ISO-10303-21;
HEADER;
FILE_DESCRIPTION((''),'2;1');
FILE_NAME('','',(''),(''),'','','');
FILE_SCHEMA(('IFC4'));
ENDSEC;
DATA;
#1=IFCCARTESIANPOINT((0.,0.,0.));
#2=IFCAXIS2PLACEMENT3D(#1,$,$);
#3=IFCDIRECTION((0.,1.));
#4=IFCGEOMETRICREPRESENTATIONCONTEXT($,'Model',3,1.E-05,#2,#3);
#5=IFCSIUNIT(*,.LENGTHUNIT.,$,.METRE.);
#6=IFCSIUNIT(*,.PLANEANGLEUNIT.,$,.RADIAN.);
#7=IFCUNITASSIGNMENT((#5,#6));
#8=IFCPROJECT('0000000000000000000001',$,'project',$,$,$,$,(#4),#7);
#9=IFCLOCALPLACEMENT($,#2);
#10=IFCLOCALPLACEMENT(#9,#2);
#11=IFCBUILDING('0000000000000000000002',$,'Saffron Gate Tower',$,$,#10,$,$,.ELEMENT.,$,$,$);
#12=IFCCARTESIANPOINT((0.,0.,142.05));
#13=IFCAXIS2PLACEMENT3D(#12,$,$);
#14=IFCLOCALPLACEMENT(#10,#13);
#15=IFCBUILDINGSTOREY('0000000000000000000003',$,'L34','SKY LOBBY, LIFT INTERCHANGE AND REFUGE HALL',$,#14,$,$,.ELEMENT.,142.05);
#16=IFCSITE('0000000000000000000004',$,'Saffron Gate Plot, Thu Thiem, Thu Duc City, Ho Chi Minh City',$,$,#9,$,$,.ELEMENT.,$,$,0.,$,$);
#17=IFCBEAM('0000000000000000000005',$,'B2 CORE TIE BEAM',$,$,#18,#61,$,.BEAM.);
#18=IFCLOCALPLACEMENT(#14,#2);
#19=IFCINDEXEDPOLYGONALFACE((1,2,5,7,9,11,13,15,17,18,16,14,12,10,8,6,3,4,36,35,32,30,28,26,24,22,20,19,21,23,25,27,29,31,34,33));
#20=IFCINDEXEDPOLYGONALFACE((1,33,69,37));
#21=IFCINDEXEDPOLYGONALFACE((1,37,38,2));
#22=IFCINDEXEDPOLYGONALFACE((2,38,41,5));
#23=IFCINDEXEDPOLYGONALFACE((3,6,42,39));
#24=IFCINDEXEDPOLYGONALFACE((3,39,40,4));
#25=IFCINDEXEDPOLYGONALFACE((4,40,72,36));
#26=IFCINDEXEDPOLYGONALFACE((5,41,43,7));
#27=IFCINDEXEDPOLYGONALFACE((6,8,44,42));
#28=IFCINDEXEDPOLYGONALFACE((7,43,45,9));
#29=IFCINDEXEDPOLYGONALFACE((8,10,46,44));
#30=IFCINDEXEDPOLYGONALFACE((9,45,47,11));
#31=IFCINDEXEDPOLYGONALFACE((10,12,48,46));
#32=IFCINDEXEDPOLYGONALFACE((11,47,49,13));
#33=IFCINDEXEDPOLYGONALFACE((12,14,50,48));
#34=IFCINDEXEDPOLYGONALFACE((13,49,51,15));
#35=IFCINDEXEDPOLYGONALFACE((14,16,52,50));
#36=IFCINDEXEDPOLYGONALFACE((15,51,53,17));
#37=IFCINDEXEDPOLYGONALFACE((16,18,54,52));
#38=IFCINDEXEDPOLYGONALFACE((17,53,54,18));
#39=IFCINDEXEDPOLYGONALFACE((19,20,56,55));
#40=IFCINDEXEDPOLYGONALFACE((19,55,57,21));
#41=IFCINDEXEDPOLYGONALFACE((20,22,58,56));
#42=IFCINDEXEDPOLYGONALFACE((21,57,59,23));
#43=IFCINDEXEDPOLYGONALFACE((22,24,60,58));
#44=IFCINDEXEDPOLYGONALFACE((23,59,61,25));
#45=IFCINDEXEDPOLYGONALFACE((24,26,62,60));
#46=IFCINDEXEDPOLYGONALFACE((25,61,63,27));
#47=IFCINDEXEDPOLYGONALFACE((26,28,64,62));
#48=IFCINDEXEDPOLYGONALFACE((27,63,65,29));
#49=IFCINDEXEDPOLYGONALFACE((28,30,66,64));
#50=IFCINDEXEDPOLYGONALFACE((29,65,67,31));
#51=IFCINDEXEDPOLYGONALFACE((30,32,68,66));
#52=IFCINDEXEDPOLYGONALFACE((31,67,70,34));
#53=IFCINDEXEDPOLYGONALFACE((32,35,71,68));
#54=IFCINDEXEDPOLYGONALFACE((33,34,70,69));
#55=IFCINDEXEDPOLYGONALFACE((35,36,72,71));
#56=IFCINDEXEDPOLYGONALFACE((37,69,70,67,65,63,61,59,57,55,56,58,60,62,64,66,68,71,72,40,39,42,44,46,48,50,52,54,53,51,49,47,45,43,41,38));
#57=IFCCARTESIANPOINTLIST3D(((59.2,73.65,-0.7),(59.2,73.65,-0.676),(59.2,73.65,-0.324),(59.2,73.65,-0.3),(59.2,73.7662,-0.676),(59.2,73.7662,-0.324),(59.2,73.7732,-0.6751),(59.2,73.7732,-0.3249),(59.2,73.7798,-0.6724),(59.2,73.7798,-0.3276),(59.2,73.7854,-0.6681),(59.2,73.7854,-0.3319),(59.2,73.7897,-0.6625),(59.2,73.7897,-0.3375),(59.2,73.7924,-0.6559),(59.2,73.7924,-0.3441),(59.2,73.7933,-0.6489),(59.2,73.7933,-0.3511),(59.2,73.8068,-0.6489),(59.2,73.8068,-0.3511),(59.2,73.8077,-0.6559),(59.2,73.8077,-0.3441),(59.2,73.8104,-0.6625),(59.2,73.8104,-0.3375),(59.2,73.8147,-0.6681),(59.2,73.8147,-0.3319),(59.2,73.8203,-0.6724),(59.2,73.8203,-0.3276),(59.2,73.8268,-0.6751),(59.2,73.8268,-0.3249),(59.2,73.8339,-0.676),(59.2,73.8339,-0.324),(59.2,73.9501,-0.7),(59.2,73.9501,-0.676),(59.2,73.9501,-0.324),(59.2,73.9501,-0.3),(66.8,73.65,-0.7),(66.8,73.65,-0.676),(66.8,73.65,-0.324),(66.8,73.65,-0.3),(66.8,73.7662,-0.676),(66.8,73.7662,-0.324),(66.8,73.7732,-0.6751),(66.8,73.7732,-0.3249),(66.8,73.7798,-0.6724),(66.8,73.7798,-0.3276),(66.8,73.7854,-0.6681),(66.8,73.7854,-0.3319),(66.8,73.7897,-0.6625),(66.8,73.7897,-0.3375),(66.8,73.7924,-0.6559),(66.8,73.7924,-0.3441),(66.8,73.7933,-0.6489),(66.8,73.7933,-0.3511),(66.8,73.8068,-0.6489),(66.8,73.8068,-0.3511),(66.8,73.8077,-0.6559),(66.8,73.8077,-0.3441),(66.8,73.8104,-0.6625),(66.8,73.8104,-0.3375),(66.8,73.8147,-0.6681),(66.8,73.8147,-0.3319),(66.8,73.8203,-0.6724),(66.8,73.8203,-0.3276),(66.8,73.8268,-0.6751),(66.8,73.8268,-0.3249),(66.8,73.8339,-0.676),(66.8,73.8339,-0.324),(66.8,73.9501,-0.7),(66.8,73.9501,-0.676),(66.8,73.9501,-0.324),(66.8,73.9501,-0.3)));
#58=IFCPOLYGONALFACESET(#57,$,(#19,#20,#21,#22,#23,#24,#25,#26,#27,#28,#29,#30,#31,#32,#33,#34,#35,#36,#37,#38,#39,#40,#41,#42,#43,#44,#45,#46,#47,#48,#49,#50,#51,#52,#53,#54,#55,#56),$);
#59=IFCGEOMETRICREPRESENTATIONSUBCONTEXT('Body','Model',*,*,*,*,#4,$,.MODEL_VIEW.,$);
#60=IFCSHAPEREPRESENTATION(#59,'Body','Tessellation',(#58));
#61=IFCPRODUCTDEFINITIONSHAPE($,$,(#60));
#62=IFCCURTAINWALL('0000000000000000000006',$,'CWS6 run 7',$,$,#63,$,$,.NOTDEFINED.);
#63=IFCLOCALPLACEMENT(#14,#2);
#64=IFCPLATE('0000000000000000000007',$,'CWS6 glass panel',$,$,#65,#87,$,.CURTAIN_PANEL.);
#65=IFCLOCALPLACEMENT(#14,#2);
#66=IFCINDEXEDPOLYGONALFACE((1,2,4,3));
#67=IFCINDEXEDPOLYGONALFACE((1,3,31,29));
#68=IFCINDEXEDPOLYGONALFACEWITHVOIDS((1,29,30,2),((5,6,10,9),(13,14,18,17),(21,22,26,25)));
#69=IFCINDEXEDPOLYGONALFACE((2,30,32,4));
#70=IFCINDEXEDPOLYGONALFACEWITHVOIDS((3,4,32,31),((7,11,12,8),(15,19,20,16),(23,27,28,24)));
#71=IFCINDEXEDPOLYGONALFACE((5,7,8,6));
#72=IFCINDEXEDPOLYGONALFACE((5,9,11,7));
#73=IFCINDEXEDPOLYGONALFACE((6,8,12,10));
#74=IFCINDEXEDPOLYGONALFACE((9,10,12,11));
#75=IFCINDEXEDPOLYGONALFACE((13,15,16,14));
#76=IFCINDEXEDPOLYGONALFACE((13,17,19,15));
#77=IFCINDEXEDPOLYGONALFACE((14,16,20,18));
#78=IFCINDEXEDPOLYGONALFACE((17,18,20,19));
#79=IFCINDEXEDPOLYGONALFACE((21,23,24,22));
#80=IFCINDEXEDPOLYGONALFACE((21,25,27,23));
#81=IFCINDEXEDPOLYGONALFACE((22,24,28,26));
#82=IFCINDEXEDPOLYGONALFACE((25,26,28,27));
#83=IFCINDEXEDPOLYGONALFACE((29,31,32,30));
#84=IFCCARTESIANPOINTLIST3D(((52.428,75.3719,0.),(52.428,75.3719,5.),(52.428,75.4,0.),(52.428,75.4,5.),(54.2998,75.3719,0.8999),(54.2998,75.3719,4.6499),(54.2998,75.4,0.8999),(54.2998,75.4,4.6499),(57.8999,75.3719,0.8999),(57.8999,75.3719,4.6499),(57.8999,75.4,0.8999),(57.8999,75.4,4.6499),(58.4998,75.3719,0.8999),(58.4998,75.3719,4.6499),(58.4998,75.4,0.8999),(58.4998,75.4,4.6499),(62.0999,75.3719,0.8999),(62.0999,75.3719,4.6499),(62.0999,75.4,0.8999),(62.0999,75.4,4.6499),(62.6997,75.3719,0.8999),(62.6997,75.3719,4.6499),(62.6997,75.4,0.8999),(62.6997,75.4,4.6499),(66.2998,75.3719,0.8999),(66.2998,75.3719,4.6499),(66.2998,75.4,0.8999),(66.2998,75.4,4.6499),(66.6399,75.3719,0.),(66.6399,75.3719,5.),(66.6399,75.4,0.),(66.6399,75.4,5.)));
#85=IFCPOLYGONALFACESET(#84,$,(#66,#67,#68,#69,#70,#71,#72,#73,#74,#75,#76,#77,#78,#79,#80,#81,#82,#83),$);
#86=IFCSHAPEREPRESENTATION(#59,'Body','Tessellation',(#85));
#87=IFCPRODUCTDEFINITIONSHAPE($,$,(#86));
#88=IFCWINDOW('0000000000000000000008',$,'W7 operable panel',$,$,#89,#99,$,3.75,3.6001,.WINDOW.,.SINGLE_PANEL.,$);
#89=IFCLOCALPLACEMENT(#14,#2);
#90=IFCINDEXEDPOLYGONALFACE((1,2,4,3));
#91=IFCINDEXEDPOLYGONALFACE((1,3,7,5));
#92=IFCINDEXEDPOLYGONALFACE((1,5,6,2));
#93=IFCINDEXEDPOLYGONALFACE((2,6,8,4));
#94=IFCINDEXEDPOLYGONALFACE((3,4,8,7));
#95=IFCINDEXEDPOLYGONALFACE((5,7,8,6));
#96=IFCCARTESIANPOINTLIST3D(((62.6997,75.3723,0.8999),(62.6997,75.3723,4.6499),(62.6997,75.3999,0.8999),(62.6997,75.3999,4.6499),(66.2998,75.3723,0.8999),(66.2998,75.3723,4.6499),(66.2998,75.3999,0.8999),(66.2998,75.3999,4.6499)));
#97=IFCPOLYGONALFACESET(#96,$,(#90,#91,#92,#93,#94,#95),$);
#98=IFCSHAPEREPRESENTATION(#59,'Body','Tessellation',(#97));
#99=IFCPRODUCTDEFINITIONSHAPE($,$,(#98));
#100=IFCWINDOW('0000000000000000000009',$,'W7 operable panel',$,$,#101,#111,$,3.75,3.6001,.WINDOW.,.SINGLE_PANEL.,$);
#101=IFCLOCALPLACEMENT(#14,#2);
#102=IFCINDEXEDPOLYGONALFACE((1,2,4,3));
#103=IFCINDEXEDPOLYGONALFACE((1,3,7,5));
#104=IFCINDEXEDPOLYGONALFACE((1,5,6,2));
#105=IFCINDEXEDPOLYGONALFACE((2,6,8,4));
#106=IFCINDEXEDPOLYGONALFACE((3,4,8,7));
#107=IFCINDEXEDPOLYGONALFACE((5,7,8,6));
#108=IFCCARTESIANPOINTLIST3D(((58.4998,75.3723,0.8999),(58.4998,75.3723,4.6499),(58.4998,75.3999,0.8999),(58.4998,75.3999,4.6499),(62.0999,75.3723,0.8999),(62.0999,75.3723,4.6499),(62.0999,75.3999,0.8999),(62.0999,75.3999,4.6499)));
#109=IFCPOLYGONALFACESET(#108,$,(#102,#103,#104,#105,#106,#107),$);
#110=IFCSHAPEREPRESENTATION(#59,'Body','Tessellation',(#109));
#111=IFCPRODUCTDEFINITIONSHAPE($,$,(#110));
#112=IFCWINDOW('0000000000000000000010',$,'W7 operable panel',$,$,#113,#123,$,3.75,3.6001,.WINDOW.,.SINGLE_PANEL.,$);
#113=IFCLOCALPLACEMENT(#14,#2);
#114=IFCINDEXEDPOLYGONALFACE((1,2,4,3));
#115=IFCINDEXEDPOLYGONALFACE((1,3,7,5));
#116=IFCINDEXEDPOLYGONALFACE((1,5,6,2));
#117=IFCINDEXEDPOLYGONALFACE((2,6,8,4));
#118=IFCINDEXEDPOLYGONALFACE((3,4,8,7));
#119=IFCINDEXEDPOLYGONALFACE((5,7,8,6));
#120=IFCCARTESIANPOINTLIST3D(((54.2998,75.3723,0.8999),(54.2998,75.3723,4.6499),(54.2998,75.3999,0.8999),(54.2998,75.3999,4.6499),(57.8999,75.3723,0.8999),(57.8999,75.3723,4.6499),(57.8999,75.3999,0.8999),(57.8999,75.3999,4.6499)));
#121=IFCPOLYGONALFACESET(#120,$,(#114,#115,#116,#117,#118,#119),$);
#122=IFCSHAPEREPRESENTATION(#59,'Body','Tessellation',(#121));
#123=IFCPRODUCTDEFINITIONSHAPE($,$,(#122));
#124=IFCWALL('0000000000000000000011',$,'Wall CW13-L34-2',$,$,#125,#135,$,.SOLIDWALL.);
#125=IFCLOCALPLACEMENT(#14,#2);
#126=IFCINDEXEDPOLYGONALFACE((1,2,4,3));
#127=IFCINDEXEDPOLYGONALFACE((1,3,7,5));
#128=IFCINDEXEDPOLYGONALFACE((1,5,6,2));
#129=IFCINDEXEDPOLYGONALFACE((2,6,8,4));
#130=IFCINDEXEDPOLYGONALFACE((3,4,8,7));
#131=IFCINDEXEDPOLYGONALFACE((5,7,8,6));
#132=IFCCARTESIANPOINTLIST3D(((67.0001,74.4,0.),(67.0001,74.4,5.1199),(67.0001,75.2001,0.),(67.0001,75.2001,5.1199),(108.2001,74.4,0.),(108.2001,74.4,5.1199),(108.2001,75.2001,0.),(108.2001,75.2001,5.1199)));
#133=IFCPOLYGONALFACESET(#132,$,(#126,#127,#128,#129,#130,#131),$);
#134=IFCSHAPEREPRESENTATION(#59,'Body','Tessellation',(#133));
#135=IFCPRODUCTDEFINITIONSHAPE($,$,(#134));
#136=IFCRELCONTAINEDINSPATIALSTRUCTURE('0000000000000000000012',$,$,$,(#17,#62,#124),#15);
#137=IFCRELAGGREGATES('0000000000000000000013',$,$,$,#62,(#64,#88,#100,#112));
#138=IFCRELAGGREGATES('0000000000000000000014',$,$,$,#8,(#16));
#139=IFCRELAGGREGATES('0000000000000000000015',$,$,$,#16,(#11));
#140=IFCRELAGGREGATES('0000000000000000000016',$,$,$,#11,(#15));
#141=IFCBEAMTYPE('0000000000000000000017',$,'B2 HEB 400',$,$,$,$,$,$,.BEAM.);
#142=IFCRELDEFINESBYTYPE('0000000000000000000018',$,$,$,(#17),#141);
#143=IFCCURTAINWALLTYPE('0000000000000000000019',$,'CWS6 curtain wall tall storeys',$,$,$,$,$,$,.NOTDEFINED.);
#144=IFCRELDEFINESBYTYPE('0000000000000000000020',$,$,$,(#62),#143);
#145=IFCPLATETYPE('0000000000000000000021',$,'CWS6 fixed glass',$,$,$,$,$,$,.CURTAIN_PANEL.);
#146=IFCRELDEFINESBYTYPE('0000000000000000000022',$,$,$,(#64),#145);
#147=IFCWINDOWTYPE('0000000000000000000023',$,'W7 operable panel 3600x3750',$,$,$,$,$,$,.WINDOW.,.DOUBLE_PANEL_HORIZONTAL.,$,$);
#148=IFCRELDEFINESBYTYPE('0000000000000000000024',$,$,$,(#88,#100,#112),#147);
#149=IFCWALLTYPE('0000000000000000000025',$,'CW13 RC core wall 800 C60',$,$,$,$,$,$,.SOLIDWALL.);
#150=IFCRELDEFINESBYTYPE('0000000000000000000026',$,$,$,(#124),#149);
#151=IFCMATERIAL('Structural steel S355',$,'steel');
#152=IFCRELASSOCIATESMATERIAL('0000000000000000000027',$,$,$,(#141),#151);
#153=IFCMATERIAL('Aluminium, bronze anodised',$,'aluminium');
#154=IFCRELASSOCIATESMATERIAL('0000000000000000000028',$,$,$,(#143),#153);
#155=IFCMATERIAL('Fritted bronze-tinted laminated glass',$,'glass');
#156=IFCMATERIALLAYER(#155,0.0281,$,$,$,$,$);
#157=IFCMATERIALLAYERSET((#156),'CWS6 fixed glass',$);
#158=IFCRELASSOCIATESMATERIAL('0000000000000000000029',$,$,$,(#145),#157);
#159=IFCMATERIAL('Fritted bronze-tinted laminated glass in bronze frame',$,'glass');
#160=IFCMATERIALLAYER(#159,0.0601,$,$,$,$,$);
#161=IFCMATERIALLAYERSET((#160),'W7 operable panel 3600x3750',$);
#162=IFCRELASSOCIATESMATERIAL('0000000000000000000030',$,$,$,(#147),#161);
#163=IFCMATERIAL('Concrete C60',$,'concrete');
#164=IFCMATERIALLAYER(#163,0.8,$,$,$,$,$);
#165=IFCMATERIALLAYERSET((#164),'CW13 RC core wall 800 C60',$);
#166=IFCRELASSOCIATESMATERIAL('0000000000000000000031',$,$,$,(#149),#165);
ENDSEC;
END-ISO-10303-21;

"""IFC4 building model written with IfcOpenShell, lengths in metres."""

from ifc_helpers import new_model, si_unit, direction, frame, frame_2d, origin, origin_2d, place, context, subcontext, project, spatial, rectangle, i_section, extrude, material, layer, layer_set, material_profile, profile_set, type_object, element, fill, aggregate, save


model = new_model("IFC4")

# Units and contexts
model_context = context("Model", 3, precision=1e-05, world=origin(), true_north=direction((0.0, 1.0)))
body_context = subcontext(model_context, "Body", "Model", "MODEL_VIEW")
ifc_project = project(units=[si_unit("LENGTHUNIT", "METRE"), si_unit("PLANEANGLEUNIT", "RADIAN")], contexts=[model_context])

# Site, building, storey
site_placement = place(None, origin())
site = spatial("IfcSite", under=ifc_project, at=site_placement, Name="Saffron Gate Plot, Thu Thiem, Thu Duc City, Ho Chi Minh City", CompositionType="ELEMENT", RefElevation=0.0)
building_placement = place(site_placement, origin())
building = spatial("IfcBuilding", under=site, at=building_placement, Name="Saffron Gate Tower", CompositionType="ELEMENT")
storey_placement = place(building_placement, frame((0.0, 0.0, 142.05)))
storey = spatial("IfcBuildingStorey", under=building, at=storey_placement, Name="L34", Description="SKY LOBBY, LIFT INTERCHANGE AND REFUGE HALL", CompositionType="ELEMENT", Elevation=142.05)

# Beam
ifc_material_1 = material(Name="Structural steel S355", Category="steel")
ifc_material_profile = material_profile(ifc_material_1, i_section(OverallWidth=0.3, OverallDepth=0.3999, WebThickness=0.0134, FlangeThickness=0.0239, FilletRadius=0.0271, at=origin_2d()))
ifc_profile_set = profile_set([ifc_material_profile], Name="Structural steel S355")
beam_type = type_object("IfcBeamType", Name="B2 HEB 400", PredefinedType="BEAM", material=ifc_profile_set)
beam_placement = place(storey_placement, frame((59.2, 73.8, -0.5), z_axis=(1.0, 0.0, 0.0), x_axis=(0.0, 1.0, 0.0)))
element("IfcBeam", 1, at=beam_placement, inside=storey, type_object=beam_type, Name="B2 CORE TIE BEAM", PredefinedType="BEAM", context=body_context, shape_type="SweptSolid", body=[
    extrude(i_section(OverallWidth=0.3, OverallDepth=0.3999, WebThickness=0.0134, FlangeThickness=0.0239, FilletRadius=0.0271, at=origin_2d()), origin(), (0.0, 0.0, 1.0), 7.6001),
])

# Curtain wall, plate, openings, windows
ifc_material_2 = material(Name="Aluminium, bronze anodised", Category="aluminium")
curtain_wall_type = type_object("IfcCurtainWallType", Name="CWS6 curtain wall tall storeys", PredefinedType="NOTDEFINED", material=ifc_material_2)
curtain_wall_placement = place(storey_placement, origin())
curtain_wall = element("IfcCurtainWall", 2, at=curtain_wall_placement, inside=storey, type_object=curtain_wall_type, Name="CWS6 run 7", PredefinedType="NOTDEFINED")
ifc_material_3 = material(Name="Fritted bronze-tinted laminated glass", Category="glass")
ifc_layer_1 = layer(ifc_material_3, 0.0281)
ifc_layer_set_1 = layer_set([ifc_layer_1], Name="CWS6 fixed glass")
plate_type = type_object("IfcPlateType", Name="CWS6 fixed glass", PredefinedType="CURTAIN_PANEL", material=ifc_layer_set_1)
plate_placement = place(storey_placement, frame((66.6399, 75.386, 0.0), z_axis=(0.0, 0.0, 1.0), x_axis=(-1.0, 0.0, 0.0)))
plate = element("IfcPlate", 3, at=plate_placement, type_object=plate_type, Name="CWS6 glass panel", PredefinedType="CURTAIN_PANEL", context=body_context, shape_type="SweptSolid", body=[
    extrude(rectangle(XDim=14.2119, YDim=0.0281, at=frame_2d((7.106, 0.0))), origin(), (0.0, 0.0, 1.0), 5.0),
])
opening_1_placement = place(plate_placement, frame((0.3401, 0.0, 0.8999)))
opening_1 = element("IfcOpeningElement", 4, at=opening_1_placement, cuts=plate, PredefinedType="OPENING", context=body_context, shape_type="SweptSolid", body=[
    extrude(rectangle(XDim=3.6001, YDim=3.75, at=frame_2d((1.8, 1.875))), frame((0.0, 0.0239, 0.0), z_axis=(0.0, -1.0, 0.0), x_axis=(1.0, 0.0, 0.0)), (0.0, 0.0, 1.0), 0.0481),
])
opening_2_placement = place(plate_placement, frame((4.54, 0.0, 0.8999)))
opening_2 = element("IfcOpeningElement", 5, at=opening_2_placement, cuts=plate, PredefinedType="OPENING", context=body_context, shape_type="SweptSolid", body=[
    extrude(rectangle(XDim=3.6001, YDim=3.75, at=frame_2d((1.8, 1.875))), frame((0.0, 0.0239, 0.0), z_axis=(0.0, -1.0, 0.0), x_axis=(1.0, 0.0, 0.0)), (0.0, 0.0, 1.0), 0.0481),
])
opening_3_placement = place(plate_placement, frame((8.74, 0.0, 0.8999)))
opening_3 = element("IfcOpeningElement", 6, at=opening_3_placement, cuts=plate, PredefinedType="OPENING", context=body_context, shape_type="SweptSolid", body=[
    extrude(rectangle(XDim=3.6001, YDim=3.75, at=frame_2d((1.8, 1.875))), frame((0.0, 0.0239, 0.0), z_axis=(0.0, -1.0, 0.0), x_axis=(1.0, 0.0, 0.0)), (0.0, 0.0, 1.0), 0.0481),
])
ifc_material_4 = material(Name="Fritted bronze-tinted laminated glass in bronze frame", Category="glass")
ifc_layer_2 = layer(ifc_material_4, 0.0601)
ifc_layer_set_2 = layer_set([ifc_layer_2], Name="W7 operable panel 3600x3750")
window_type = type_object("IfcWindowType", Name="W7 operable panel 3600x3750", PartitioningType="DOUBLE_PANEL_HORIZONTAL", PredefinedType="WINDOW", material=ifc_layer_set_2)
window_1_placement = place(opening_1_placement, origin())
window_1 = element("IfcWindow", 7, at=window_1_placement, type_object=window_type, Name="W7 operable panel", OverallHeight=3.75, OverallWidth=3.6001, PartitioningType="SINGLE_PANEL", PredefinedType="WINDOW", context=body_context, shape_type="SweptSolid", body=[
    extrude(rectangle(XDim=3.6001, YDim=3.75, at=frame_2d((1.8, 1.875))), frame((0.0, 0.0137, 0.0), z_axis=(0.0, -1.0, 0.0), x_axis=(1.0, 0.0, 0.0)), (0.0, 0.0, 1.0), 0.0276),
])
fill(opening_1, window_1)
window_2_placement = place(opening_2_placement, origin())
window_2 = element("IfcWindow", 8, at=window_2_placement, type_object=window_type, Name="W7 operable panel", OverallHeight=3.75, OverallWidth=3.6001, PartitioningType="SINGLE_PANEL", PredefinedType="WINDOW", context=body_context, shape_type="SweptSolid", body=[
    extrude(rectangle(XDim=3.6001, YDim=3.75, at=frame_2d((1.8, 1.875))), frame((0.0, 0.0137, 0.0), z_axis=(0.0, -1.0, 0.0), x_axis=(1.0, 0.0, 0.0)), (0.0, 0.0, 1.0), 0.0276),
])
fill(opening_2, window_2)
window_3_placement = place(opening_3_placement, origin())
window_3 = element("IfcWindow", 9, at=window_3_placement, type_object=window_type, Name="W7 operable panel", OverallHeight=3.75, OverallWidth=3.6001, PartitioningType="SINGLE_PANEL", PredefinedType="WINDOW", context=body_context, shape_type="SweptSolid", body=[
    extrude(rectangle(XDim=3.6001, YDim=3.75, at=frame_2d((1.8, 1.875))), frame((0.0, 0.0137, 0.0), z_axis=(0.0, -1.0, 0.0), x_axis=(1.0, 0.0, 0.0)), (0.0, 0.0, 1.0), 0.0276),
])
fill(opening_3, window_3)
aggregate(curtain_wall, [plate, window_1, window_2, window_3])

# Wall
ifc_material_5 = material(Name="Concrete C60", Category="concrete")
ifc_layer_3 = layer(ifc_material_5, 0.8)
ifc_layer_set_3 = layer_set([ifc_layer_3], Name="CW13 RC core wall 800 C60")
wall_type_1 = type_object("IfcWallType", Name="CW13 RC core wall 800 C60", PredefinedType="SOLIDWALL", material=ifc_layer_set_3)
wall_1_placement = place(storey_placement, frame((67.0, 74.8, 0.0), z_axis=(0.0, 0.0, 1.0), x_axis=(1.0, 0.0, 0.0)))
element("IfcWall", 10, at=wall_1_placement, inside=storey, type_object=wall_type_1, Name="Wall CW13-L34-2", PredefinedType="SOLIDWALL", context=body_context, shape_type="SweptSolid", body=[
    extrude(rectangle(XDim=41.2, YDim=0.8, at=frame_2d((20.6001, 0.0))), origin(), (0.0, 0.0, 1.0), 5.1199),
])

save(model, "model.ifc")
